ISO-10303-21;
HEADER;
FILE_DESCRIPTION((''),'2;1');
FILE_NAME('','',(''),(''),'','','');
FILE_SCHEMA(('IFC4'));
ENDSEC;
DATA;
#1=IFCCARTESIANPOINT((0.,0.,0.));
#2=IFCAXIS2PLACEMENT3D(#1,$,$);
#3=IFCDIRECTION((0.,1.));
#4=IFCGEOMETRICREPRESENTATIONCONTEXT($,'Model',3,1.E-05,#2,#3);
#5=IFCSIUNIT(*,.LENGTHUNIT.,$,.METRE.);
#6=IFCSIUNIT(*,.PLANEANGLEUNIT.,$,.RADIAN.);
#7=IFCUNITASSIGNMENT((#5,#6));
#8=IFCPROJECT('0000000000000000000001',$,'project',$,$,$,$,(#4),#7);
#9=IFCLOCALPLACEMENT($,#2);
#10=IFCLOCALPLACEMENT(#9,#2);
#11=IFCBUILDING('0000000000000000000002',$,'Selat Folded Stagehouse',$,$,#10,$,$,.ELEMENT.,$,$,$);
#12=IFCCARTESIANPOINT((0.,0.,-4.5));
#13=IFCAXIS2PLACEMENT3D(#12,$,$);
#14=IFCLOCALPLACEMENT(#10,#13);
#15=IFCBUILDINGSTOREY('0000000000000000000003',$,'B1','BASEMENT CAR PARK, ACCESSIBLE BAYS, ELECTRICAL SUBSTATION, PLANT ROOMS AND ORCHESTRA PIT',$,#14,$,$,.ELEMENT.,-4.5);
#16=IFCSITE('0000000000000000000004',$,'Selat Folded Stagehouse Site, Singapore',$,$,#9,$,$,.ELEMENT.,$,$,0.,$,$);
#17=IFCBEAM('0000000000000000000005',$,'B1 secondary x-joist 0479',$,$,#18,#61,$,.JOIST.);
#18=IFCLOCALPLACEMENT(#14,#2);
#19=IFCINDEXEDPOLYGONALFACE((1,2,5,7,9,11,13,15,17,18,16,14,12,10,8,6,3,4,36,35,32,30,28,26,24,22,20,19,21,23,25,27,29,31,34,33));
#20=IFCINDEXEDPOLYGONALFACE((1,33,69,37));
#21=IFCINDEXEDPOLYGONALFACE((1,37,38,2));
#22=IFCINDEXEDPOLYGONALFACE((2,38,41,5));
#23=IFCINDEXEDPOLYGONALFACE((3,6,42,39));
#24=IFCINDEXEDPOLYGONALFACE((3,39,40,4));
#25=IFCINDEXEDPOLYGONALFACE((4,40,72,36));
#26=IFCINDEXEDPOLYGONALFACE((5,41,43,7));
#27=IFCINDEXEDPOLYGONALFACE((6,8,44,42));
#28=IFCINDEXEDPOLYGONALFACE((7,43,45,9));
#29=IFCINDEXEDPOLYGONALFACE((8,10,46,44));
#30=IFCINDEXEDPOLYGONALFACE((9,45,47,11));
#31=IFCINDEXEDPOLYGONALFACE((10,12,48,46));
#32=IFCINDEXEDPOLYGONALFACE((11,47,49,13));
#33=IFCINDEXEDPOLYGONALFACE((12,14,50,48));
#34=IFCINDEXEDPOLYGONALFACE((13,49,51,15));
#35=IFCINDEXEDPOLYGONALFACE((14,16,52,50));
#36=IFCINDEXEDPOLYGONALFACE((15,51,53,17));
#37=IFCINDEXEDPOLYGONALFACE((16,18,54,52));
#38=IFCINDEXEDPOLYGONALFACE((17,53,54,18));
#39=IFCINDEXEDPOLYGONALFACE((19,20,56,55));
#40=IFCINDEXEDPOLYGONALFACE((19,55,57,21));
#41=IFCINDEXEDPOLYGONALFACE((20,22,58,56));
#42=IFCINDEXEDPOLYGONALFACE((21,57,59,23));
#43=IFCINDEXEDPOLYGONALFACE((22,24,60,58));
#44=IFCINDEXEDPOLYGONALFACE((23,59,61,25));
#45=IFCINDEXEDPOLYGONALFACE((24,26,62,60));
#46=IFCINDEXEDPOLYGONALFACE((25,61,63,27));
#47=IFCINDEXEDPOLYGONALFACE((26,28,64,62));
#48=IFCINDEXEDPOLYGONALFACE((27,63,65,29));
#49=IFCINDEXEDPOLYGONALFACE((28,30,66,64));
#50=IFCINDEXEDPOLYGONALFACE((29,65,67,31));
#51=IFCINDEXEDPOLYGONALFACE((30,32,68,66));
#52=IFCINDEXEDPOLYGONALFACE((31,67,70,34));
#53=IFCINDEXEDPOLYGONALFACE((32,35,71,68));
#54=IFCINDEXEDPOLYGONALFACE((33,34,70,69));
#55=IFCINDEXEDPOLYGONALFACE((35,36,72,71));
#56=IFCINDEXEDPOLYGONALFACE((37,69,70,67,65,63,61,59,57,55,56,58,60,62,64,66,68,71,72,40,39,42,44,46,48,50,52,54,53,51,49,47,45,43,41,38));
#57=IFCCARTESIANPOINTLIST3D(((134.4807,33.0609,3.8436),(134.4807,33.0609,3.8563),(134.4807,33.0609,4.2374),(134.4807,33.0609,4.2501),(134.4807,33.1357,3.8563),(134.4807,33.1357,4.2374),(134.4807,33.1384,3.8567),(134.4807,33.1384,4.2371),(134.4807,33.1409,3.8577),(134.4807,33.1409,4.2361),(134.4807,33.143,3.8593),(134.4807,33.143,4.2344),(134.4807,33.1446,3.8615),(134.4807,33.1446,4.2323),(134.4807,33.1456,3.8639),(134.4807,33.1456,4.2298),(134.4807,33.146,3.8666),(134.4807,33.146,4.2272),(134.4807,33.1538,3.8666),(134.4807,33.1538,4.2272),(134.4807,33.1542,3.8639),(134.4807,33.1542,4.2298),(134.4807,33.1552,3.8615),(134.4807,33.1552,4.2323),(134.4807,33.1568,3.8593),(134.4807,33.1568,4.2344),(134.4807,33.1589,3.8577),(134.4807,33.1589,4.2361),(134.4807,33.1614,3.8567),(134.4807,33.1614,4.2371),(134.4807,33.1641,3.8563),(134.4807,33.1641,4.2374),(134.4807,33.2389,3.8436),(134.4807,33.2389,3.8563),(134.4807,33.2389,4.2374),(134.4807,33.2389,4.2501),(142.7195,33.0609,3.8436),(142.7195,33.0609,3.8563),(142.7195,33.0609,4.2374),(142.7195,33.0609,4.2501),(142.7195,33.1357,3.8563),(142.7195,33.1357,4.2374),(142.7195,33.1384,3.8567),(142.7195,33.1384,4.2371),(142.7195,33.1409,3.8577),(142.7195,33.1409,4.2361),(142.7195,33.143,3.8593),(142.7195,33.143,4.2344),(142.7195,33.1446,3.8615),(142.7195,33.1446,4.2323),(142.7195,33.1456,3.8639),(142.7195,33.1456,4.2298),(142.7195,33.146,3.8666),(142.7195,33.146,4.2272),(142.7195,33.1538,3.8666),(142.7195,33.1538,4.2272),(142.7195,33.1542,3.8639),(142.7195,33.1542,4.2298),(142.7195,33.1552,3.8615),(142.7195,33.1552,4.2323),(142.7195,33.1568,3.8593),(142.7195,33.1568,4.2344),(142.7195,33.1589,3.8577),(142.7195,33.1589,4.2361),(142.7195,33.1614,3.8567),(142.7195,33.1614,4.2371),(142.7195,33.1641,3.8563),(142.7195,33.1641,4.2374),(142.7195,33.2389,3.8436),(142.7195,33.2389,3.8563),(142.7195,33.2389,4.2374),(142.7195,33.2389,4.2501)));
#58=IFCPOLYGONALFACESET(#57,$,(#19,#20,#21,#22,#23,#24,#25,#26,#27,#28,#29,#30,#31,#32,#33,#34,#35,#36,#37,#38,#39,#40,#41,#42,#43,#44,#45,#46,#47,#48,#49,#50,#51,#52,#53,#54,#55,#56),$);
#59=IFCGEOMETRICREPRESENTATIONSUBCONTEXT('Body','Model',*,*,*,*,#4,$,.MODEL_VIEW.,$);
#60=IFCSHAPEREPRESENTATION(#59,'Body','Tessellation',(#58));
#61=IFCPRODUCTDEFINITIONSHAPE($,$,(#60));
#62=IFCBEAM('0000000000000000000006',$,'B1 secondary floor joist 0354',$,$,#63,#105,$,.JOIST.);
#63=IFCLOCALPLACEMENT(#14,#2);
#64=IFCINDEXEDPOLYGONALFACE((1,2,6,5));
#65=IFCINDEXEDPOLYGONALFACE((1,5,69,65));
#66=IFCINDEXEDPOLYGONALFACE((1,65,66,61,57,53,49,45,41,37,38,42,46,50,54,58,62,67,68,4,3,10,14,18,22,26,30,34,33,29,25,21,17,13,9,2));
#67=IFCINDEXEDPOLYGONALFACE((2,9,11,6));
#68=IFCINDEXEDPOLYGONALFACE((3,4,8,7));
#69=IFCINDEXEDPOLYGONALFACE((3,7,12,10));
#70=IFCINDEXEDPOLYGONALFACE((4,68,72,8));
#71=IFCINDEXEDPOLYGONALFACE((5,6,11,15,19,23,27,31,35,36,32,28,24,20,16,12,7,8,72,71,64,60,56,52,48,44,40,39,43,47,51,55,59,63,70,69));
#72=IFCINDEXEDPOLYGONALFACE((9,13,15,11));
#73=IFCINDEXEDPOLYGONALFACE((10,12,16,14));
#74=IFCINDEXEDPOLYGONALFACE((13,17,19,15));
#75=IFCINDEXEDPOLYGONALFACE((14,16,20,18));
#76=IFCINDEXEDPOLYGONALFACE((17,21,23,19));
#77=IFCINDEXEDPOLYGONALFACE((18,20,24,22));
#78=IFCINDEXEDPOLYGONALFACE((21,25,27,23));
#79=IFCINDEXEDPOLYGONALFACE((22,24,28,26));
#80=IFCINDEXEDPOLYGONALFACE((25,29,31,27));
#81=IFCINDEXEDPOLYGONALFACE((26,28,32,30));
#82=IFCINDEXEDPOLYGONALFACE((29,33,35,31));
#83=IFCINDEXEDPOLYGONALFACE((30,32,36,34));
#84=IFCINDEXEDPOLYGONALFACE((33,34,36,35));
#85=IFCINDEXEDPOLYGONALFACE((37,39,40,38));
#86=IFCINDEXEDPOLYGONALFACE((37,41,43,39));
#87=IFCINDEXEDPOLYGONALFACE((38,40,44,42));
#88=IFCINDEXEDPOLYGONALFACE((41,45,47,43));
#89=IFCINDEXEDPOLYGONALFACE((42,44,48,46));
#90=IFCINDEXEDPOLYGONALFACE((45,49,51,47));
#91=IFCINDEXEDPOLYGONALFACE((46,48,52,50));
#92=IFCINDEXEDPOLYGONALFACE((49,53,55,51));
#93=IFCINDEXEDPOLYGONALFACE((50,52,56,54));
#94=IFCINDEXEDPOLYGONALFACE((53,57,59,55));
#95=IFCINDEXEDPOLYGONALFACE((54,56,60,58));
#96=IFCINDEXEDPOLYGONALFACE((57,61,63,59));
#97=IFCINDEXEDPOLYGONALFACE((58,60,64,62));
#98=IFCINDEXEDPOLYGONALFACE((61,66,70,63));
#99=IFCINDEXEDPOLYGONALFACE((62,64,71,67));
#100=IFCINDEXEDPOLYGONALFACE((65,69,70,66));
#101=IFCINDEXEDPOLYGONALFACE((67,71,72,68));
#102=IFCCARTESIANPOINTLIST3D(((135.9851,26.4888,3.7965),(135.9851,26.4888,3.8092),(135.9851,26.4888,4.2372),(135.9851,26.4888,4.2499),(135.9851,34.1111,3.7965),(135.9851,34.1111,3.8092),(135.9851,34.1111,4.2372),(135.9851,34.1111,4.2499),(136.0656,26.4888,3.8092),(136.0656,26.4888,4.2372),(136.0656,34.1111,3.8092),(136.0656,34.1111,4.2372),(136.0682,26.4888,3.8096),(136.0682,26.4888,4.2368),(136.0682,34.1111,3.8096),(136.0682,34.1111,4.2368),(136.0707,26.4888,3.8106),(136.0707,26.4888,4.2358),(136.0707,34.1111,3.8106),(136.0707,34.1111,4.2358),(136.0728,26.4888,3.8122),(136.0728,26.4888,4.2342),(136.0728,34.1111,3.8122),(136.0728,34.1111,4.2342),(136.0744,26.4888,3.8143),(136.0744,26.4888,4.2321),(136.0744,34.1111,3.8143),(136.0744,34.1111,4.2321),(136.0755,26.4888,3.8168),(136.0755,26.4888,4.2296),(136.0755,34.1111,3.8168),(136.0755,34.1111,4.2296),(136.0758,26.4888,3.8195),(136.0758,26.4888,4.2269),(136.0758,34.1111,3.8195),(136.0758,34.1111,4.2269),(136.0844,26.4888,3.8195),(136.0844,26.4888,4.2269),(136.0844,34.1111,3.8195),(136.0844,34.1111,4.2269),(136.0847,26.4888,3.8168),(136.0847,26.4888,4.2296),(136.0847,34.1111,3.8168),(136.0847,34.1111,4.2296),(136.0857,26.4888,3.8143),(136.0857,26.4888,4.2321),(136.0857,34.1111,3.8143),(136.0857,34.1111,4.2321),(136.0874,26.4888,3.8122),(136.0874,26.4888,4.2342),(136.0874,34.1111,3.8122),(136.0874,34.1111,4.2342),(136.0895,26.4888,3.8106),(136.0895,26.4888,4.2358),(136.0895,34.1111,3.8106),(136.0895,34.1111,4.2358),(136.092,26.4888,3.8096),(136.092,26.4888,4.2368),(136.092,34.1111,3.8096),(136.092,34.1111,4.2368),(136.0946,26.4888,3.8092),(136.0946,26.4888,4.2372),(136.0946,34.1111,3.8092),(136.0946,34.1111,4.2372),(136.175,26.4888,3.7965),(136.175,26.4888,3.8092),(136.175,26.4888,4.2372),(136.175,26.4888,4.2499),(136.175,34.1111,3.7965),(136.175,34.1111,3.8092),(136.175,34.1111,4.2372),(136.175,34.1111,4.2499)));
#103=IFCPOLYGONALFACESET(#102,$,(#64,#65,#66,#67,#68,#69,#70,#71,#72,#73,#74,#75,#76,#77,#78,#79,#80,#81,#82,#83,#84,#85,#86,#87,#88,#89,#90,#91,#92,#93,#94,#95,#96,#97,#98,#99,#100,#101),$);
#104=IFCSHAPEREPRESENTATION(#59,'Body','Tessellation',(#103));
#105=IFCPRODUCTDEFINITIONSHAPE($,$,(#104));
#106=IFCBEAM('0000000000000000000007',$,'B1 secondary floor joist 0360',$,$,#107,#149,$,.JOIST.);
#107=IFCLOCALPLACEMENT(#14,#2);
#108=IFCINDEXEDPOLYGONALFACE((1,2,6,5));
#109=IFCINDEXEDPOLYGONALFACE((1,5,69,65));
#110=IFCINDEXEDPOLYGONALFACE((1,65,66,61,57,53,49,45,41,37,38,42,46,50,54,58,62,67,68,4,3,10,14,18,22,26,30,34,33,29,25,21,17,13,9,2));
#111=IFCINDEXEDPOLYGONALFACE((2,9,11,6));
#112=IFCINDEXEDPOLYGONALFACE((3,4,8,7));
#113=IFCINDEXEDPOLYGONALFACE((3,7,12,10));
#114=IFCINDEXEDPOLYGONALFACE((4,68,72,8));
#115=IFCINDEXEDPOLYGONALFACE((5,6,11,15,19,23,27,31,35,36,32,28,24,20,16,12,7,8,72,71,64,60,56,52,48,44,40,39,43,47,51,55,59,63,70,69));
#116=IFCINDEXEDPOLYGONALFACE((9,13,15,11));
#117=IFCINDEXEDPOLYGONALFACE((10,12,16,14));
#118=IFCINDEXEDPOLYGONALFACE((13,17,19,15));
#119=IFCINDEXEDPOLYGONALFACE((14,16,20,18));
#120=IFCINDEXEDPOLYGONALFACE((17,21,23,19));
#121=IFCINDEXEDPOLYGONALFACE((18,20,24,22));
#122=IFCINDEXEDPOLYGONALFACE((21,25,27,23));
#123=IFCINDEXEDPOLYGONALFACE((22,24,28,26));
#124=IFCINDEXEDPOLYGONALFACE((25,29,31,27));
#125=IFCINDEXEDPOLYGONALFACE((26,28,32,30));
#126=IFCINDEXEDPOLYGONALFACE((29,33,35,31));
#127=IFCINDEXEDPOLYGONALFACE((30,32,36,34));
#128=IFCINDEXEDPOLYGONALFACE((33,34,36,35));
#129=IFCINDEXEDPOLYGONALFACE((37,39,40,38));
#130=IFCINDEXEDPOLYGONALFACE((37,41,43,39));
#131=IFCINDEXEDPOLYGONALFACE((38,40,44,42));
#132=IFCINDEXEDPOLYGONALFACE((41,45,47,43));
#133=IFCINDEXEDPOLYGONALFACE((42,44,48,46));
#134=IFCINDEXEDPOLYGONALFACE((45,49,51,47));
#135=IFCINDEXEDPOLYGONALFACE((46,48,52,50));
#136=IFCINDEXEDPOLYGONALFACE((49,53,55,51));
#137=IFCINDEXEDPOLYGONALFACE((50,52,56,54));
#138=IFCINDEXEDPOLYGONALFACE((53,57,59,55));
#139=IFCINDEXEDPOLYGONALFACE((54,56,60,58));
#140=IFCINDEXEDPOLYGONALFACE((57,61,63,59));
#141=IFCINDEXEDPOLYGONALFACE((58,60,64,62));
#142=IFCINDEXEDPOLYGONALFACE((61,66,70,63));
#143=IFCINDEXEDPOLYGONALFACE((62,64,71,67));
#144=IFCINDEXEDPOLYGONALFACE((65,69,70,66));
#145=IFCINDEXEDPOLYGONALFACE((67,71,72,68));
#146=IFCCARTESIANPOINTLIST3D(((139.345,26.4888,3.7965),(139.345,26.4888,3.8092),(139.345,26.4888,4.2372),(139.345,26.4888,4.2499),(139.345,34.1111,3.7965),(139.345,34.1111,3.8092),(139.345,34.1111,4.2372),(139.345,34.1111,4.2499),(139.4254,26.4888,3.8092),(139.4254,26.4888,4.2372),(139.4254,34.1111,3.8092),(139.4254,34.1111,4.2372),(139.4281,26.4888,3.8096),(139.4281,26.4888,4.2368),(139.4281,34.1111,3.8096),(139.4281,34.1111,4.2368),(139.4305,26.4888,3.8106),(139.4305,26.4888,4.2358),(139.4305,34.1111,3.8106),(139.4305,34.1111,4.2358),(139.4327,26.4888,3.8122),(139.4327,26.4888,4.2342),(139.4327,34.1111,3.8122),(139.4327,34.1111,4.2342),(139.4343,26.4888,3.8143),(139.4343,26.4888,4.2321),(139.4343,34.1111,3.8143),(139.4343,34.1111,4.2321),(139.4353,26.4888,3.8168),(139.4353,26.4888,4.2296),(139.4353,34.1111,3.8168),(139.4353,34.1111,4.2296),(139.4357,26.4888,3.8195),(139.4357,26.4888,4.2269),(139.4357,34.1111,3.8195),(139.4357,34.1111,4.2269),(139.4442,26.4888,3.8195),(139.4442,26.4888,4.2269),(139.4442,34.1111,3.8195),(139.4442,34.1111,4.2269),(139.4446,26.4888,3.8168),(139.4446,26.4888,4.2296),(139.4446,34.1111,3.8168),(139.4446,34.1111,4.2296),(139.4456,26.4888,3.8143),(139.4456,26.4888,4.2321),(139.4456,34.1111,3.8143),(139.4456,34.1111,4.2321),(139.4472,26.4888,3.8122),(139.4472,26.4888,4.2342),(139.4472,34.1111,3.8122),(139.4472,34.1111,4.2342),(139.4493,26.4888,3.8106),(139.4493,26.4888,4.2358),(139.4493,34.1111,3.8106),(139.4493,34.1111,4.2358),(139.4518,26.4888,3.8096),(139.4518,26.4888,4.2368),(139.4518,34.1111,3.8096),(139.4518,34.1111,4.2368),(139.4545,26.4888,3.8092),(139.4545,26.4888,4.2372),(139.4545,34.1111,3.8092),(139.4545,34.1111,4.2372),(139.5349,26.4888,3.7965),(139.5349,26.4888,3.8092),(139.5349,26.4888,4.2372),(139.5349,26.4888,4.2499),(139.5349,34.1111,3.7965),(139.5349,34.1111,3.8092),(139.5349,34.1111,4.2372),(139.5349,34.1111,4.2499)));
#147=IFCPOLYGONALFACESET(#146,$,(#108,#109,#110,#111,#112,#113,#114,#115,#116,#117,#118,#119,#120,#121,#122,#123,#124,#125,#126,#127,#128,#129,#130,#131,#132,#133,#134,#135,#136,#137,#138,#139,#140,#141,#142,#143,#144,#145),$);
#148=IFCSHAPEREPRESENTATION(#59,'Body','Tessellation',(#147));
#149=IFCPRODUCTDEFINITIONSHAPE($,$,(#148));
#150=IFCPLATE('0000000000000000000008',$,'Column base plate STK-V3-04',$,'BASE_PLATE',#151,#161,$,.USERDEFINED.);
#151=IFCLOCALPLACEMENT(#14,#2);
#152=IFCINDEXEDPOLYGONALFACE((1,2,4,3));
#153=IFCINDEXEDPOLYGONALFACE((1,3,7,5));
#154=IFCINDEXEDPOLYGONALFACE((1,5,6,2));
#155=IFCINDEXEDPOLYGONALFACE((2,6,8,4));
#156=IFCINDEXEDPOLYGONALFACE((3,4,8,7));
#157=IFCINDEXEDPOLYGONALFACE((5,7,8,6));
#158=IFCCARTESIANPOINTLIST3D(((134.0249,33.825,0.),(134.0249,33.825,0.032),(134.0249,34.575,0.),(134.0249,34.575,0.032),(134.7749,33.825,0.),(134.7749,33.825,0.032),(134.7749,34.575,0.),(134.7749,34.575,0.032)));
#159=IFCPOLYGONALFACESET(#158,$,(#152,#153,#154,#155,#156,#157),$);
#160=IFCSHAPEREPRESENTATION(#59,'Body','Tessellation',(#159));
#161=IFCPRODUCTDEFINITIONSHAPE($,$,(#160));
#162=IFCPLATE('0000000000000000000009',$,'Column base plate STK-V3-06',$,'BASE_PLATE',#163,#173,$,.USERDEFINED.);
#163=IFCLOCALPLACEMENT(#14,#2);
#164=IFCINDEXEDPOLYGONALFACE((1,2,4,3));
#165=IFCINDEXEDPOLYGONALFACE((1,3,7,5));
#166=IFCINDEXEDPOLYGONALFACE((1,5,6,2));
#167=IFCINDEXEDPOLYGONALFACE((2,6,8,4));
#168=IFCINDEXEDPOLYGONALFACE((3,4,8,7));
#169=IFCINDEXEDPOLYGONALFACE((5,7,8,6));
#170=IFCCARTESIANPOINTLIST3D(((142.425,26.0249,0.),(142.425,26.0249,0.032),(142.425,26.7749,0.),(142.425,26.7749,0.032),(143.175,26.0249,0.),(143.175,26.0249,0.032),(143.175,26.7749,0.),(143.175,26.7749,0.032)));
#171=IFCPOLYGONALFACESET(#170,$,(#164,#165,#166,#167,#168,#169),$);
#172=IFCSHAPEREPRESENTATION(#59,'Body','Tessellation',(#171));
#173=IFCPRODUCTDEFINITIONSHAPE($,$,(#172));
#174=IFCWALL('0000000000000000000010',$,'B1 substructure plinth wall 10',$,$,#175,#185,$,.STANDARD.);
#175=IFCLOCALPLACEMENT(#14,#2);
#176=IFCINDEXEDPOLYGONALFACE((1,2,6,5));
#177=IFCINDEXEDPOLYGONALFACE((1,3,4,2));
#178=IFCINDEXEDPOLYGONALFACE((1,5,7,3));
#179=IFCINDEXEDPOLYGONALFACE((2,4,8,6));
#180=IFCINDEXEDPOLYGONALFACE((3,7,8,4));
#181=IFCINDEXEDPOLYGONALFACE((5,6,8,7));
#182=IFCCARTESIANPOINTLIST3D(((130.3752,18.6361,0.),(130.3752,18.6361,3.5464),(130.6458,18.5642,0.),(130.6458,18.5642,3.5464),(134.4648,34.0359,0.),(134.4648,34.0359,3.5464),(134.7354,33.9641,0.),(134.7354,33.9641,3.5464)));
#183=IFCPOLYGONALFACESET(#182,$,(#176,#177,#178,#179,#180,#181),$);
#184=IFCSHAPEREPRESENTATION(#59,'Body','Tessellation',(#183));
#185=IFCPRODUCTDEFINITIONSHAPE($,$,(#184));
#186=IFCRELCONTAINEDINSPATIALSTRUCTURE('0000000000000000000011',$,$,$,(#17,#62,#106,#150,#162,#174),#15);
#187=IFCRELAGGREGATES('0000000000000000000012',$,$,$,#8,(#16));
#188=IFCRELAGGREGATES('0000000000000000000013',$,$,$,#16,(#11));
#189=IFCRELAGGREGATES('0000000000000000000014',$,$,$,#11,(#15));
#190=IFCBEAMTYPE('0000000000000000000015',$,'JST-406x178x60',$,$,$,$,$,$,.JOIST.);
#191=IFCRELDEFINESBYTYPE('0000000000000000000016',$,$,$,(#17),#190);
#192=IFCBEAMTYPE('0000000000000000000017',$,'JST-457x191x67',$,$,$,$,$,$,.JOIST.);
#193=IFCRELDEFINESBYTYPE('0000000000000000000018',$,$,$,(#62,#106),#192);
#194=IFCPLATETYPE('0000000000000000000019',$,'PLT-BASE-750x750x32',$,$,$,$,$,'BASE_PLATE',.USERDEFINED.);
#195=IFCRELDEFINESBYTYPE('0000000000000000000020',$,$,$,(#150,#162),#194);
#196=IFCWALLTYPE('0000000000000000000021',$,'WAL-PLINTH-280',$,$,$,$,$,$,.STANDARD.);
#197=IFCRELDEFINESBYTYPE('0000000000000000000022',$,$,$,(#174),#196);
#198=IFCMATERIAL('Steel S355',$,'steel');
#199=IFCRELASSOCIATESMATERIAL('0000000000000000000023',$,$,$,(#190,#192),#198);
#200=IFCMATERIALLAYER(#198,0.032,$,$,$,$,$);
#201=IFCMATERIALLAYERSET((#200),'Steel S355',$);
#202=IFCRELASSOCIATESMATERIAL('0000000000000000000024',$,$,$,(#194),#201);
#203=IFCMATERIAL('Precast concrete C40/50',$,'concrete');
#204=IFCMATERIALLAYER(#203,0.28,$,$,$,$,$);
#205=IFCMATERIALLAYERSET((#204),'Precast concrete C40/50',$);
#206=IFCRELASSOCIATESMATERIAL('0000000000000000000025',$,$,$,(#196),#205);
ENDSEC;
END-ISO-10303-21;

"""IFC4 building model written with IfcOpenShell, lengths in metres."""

from ifc_helpers import new_model, si_unit, direction, frame, frame_2d, origin, origin_2d, place, context, subcontext, project, spatial, rectangle, i_section, extrude, material, layer, layer_set, material_profile, profile_set, type_object, element, save


model = new_model("IFC4")

# Units and contexts
model_context = context("Model", 3, precision=1e-05, world=origin(), true_north=direction((0.0, 1.0)))
body_context = subcontext(model_context, "Body", "Model", "MODEL_VIEW")
ifc_project = project(units=[si_unit("LENGTHUNIT", "METRE"), si_unit("PLANEANGLEUNIT", "RADIAN")], contexts=[model_context])

# Site, building, storey
site_placement = place(None, origin())
site = spatial("IfcSite", under=ifc_project, at=site_placement, Name="Selat Folded Stagehouse Site, Singapore", CompositionType="ELEMENT", RefElevation=0.0)
building_placement = place(site_placement, origin())
building = spatial("IfcBuilding", under=site, at=building_placement, Name="Selat Folded Stagehouse", CompositionType="ELEMENT")
storey_placement = place(building_placement, frame((0.0, 0.0, -4.5)))
storey = spatial("IfcBuildingStorey", under=building, at=storey_placement, Name="B1", Description="BASEMENT CAR PARK, ACCESSIBLE BAYS, ELECTRICAL SUBSTATION, PLANT ROOMS AND ORCHESTRA PIT", CompositionType="ELEMENT", Elevation=-4.5)

# Shared definitions
ifc_material_1 = material(Name="Steel S355", Category="steel")

# Beams
ifc_material_profile_1 = material_profile(ifc_material_1, i_section(OverallWidth=0.178, OverallDepth=0.4065, WebThickness=0.0078, FlangeThickness=0.0127, FilletRadius=0.0103, at=origin_2d()), Name="UKB 406x178x60")
ifc_profile_set_1 = profile_set([ifc_material_profile_1], Name="Steel S355")
beam_type_1 = type_object("IfcBeamType", Name="JST-406x178x60", PredefinedType="JOIST", material=ifc_profile_set_1)
for number, where, z_axis, x_axis, name in (
    (1, (134.4807, 33.1499, 4.0469), (1.0, 0.0, 0.0), (0.0, 1.0, 0.0), "B1 secondary x-joist 0479"),
):
    element("IfcBeam", number, at=place(storey_placement, frame(where, z_axis=z_axis, x_axis=x_axis)), inside=storey, type_object=beam_type_1, Name=name, PredefinedType="JOIST", context=body_context, shape_type="SweptSolid", body=[
        extrude(i_section(OverallWidth=0.178, OverallDepth=0.4065, WebThickness=0.0078, FlangeThickness=0.0127, FilletRadius=0.0103, at=origin_2d()), origin(), (0.0, 0.0, 1.0), 8.2388),
    ])
ifc_material_profile_2 = material_profile(ifc_material_1, i_section(OverallWidth=0.1899, OverallDepth=0.4534, WebThickness=0.0085, FlangeThickness=0.0127, FilletRadius=0.0103, at=origin_2d()), Name="UKB 457x191x67")
ifc_profile_set_2 = profile_set([ifc_material_profile_2], Name="Steel S355")
beam_type_2 = type_object("IfcBeamType", Name="JST-457x191x67", PredefinedType="JOIST", material=ifc_profile_set_2)
for number, where, z_axis, x_axis, name in (
    (2, (136.0801, 26.4888, 4.0232), (0.0, 1.0, 0.0), (-1.0, 0.0, 0.0), "B1 secondary floor joist 0354"),
    (3, (139.4399, 26.4888, 4.0232), (0.0, 1.0, 0.0), (-1.0, 0.0, 0.0), "B1 secondary floor joist 0360"),
):
    element("IfcBeam", number, at=place(storey_placement, frame(where, z_axis=z_axis, x_axis=x_axis)), inside=storey, type_object=beam_type_2, Name=name, PredefinedType="JOIST", context=body_context, shape_type="SweptSolid", body=[
        extrude(i_section(OverallWidth=0.1899, OverallDepth=0.4534, WebThickness=0.0085, FlangeThickness=0.0127, FilletRadius=0.0103, at=origin_2d()), origin(), (0.0, 0.0, 1.0), 7.6223),
    ])

# Plates
ifc_layer_1 = layer(ifc_material_1, 0.032)
ifc_layer_set_1 = layer_set([ifc_layer_1], Name="Steel S355")
plate_type = type_object("IfcPlateType", Name="PLT-BASE-750x750x32", ElementType="BASE_PLATE", PredefinedType="USERDEFINED", material=ifc_layer_set_1)
for number, where, z_axis, x_axis, name in (
    (4, (134.3999, 34.2, 0.0), (0.0, 0.0, 1.0), (1.0, 0.0, 0.0), "Column base plate STK-V3-04"),
    (5, (142.8, 26.3999, 0.0), (0.0, 0.0, 1.0), (1.0, 0.0, 0.0), "Column base plate STK-V3-06"),
):
    element("IfcPlate", number, at=place(storey_placement, frame(where, z_axis=z_axis, x_axis=x_axis)), inside=storey, type_object=plate_type, Name=name, ObjectType="BASE_PLATE", PredefinedType="USERDEFINED", context=body_context, shape_type="SweptSolid", body=[
        extrude(rectangle(XDim=0.75, YDim=0.75, at=origin_2d()), origin(), (0.0, 0.0, 1.0), 0.032),
    ])

# Wall
ifc_material_2 = material(Name="Precast concrete C40/50", Category="concrete")
ifc_layer_2 = layer(ifc_material_2, 0.28)
ifc_layer_set_2 = layer_set([ifc_layer_2], Name="Precast concrete C40/50")
wall_type = type_object("IfcWallType", Name="WAL-PLINTH-280", PredefinedType="STANDARD", material=ifc_layer_set_2)
wall_placement = place(storey_placement, frame((134.6001, 34.0, 0.0), z_axis=(0.0, 0.0, 1.0), x_axis=(-0.256664, -0.966501, 0.0)))
element("IfcWall", 6, at=wall_placement, inside=storey, type_object=wall_type, Name="B1 substructure plinth wall 10", PredefinedType="STANDARD", context=body_context, shape_type="SweptSolid", body=[
    extrude(rectangle(XDim=15.9336, YDim=0.28, at=frame_2d((7.9668, 0.0))), origin(), (0.0, 0.0, 1.0), 3.5464),
])

save(model, "model.ifc")
